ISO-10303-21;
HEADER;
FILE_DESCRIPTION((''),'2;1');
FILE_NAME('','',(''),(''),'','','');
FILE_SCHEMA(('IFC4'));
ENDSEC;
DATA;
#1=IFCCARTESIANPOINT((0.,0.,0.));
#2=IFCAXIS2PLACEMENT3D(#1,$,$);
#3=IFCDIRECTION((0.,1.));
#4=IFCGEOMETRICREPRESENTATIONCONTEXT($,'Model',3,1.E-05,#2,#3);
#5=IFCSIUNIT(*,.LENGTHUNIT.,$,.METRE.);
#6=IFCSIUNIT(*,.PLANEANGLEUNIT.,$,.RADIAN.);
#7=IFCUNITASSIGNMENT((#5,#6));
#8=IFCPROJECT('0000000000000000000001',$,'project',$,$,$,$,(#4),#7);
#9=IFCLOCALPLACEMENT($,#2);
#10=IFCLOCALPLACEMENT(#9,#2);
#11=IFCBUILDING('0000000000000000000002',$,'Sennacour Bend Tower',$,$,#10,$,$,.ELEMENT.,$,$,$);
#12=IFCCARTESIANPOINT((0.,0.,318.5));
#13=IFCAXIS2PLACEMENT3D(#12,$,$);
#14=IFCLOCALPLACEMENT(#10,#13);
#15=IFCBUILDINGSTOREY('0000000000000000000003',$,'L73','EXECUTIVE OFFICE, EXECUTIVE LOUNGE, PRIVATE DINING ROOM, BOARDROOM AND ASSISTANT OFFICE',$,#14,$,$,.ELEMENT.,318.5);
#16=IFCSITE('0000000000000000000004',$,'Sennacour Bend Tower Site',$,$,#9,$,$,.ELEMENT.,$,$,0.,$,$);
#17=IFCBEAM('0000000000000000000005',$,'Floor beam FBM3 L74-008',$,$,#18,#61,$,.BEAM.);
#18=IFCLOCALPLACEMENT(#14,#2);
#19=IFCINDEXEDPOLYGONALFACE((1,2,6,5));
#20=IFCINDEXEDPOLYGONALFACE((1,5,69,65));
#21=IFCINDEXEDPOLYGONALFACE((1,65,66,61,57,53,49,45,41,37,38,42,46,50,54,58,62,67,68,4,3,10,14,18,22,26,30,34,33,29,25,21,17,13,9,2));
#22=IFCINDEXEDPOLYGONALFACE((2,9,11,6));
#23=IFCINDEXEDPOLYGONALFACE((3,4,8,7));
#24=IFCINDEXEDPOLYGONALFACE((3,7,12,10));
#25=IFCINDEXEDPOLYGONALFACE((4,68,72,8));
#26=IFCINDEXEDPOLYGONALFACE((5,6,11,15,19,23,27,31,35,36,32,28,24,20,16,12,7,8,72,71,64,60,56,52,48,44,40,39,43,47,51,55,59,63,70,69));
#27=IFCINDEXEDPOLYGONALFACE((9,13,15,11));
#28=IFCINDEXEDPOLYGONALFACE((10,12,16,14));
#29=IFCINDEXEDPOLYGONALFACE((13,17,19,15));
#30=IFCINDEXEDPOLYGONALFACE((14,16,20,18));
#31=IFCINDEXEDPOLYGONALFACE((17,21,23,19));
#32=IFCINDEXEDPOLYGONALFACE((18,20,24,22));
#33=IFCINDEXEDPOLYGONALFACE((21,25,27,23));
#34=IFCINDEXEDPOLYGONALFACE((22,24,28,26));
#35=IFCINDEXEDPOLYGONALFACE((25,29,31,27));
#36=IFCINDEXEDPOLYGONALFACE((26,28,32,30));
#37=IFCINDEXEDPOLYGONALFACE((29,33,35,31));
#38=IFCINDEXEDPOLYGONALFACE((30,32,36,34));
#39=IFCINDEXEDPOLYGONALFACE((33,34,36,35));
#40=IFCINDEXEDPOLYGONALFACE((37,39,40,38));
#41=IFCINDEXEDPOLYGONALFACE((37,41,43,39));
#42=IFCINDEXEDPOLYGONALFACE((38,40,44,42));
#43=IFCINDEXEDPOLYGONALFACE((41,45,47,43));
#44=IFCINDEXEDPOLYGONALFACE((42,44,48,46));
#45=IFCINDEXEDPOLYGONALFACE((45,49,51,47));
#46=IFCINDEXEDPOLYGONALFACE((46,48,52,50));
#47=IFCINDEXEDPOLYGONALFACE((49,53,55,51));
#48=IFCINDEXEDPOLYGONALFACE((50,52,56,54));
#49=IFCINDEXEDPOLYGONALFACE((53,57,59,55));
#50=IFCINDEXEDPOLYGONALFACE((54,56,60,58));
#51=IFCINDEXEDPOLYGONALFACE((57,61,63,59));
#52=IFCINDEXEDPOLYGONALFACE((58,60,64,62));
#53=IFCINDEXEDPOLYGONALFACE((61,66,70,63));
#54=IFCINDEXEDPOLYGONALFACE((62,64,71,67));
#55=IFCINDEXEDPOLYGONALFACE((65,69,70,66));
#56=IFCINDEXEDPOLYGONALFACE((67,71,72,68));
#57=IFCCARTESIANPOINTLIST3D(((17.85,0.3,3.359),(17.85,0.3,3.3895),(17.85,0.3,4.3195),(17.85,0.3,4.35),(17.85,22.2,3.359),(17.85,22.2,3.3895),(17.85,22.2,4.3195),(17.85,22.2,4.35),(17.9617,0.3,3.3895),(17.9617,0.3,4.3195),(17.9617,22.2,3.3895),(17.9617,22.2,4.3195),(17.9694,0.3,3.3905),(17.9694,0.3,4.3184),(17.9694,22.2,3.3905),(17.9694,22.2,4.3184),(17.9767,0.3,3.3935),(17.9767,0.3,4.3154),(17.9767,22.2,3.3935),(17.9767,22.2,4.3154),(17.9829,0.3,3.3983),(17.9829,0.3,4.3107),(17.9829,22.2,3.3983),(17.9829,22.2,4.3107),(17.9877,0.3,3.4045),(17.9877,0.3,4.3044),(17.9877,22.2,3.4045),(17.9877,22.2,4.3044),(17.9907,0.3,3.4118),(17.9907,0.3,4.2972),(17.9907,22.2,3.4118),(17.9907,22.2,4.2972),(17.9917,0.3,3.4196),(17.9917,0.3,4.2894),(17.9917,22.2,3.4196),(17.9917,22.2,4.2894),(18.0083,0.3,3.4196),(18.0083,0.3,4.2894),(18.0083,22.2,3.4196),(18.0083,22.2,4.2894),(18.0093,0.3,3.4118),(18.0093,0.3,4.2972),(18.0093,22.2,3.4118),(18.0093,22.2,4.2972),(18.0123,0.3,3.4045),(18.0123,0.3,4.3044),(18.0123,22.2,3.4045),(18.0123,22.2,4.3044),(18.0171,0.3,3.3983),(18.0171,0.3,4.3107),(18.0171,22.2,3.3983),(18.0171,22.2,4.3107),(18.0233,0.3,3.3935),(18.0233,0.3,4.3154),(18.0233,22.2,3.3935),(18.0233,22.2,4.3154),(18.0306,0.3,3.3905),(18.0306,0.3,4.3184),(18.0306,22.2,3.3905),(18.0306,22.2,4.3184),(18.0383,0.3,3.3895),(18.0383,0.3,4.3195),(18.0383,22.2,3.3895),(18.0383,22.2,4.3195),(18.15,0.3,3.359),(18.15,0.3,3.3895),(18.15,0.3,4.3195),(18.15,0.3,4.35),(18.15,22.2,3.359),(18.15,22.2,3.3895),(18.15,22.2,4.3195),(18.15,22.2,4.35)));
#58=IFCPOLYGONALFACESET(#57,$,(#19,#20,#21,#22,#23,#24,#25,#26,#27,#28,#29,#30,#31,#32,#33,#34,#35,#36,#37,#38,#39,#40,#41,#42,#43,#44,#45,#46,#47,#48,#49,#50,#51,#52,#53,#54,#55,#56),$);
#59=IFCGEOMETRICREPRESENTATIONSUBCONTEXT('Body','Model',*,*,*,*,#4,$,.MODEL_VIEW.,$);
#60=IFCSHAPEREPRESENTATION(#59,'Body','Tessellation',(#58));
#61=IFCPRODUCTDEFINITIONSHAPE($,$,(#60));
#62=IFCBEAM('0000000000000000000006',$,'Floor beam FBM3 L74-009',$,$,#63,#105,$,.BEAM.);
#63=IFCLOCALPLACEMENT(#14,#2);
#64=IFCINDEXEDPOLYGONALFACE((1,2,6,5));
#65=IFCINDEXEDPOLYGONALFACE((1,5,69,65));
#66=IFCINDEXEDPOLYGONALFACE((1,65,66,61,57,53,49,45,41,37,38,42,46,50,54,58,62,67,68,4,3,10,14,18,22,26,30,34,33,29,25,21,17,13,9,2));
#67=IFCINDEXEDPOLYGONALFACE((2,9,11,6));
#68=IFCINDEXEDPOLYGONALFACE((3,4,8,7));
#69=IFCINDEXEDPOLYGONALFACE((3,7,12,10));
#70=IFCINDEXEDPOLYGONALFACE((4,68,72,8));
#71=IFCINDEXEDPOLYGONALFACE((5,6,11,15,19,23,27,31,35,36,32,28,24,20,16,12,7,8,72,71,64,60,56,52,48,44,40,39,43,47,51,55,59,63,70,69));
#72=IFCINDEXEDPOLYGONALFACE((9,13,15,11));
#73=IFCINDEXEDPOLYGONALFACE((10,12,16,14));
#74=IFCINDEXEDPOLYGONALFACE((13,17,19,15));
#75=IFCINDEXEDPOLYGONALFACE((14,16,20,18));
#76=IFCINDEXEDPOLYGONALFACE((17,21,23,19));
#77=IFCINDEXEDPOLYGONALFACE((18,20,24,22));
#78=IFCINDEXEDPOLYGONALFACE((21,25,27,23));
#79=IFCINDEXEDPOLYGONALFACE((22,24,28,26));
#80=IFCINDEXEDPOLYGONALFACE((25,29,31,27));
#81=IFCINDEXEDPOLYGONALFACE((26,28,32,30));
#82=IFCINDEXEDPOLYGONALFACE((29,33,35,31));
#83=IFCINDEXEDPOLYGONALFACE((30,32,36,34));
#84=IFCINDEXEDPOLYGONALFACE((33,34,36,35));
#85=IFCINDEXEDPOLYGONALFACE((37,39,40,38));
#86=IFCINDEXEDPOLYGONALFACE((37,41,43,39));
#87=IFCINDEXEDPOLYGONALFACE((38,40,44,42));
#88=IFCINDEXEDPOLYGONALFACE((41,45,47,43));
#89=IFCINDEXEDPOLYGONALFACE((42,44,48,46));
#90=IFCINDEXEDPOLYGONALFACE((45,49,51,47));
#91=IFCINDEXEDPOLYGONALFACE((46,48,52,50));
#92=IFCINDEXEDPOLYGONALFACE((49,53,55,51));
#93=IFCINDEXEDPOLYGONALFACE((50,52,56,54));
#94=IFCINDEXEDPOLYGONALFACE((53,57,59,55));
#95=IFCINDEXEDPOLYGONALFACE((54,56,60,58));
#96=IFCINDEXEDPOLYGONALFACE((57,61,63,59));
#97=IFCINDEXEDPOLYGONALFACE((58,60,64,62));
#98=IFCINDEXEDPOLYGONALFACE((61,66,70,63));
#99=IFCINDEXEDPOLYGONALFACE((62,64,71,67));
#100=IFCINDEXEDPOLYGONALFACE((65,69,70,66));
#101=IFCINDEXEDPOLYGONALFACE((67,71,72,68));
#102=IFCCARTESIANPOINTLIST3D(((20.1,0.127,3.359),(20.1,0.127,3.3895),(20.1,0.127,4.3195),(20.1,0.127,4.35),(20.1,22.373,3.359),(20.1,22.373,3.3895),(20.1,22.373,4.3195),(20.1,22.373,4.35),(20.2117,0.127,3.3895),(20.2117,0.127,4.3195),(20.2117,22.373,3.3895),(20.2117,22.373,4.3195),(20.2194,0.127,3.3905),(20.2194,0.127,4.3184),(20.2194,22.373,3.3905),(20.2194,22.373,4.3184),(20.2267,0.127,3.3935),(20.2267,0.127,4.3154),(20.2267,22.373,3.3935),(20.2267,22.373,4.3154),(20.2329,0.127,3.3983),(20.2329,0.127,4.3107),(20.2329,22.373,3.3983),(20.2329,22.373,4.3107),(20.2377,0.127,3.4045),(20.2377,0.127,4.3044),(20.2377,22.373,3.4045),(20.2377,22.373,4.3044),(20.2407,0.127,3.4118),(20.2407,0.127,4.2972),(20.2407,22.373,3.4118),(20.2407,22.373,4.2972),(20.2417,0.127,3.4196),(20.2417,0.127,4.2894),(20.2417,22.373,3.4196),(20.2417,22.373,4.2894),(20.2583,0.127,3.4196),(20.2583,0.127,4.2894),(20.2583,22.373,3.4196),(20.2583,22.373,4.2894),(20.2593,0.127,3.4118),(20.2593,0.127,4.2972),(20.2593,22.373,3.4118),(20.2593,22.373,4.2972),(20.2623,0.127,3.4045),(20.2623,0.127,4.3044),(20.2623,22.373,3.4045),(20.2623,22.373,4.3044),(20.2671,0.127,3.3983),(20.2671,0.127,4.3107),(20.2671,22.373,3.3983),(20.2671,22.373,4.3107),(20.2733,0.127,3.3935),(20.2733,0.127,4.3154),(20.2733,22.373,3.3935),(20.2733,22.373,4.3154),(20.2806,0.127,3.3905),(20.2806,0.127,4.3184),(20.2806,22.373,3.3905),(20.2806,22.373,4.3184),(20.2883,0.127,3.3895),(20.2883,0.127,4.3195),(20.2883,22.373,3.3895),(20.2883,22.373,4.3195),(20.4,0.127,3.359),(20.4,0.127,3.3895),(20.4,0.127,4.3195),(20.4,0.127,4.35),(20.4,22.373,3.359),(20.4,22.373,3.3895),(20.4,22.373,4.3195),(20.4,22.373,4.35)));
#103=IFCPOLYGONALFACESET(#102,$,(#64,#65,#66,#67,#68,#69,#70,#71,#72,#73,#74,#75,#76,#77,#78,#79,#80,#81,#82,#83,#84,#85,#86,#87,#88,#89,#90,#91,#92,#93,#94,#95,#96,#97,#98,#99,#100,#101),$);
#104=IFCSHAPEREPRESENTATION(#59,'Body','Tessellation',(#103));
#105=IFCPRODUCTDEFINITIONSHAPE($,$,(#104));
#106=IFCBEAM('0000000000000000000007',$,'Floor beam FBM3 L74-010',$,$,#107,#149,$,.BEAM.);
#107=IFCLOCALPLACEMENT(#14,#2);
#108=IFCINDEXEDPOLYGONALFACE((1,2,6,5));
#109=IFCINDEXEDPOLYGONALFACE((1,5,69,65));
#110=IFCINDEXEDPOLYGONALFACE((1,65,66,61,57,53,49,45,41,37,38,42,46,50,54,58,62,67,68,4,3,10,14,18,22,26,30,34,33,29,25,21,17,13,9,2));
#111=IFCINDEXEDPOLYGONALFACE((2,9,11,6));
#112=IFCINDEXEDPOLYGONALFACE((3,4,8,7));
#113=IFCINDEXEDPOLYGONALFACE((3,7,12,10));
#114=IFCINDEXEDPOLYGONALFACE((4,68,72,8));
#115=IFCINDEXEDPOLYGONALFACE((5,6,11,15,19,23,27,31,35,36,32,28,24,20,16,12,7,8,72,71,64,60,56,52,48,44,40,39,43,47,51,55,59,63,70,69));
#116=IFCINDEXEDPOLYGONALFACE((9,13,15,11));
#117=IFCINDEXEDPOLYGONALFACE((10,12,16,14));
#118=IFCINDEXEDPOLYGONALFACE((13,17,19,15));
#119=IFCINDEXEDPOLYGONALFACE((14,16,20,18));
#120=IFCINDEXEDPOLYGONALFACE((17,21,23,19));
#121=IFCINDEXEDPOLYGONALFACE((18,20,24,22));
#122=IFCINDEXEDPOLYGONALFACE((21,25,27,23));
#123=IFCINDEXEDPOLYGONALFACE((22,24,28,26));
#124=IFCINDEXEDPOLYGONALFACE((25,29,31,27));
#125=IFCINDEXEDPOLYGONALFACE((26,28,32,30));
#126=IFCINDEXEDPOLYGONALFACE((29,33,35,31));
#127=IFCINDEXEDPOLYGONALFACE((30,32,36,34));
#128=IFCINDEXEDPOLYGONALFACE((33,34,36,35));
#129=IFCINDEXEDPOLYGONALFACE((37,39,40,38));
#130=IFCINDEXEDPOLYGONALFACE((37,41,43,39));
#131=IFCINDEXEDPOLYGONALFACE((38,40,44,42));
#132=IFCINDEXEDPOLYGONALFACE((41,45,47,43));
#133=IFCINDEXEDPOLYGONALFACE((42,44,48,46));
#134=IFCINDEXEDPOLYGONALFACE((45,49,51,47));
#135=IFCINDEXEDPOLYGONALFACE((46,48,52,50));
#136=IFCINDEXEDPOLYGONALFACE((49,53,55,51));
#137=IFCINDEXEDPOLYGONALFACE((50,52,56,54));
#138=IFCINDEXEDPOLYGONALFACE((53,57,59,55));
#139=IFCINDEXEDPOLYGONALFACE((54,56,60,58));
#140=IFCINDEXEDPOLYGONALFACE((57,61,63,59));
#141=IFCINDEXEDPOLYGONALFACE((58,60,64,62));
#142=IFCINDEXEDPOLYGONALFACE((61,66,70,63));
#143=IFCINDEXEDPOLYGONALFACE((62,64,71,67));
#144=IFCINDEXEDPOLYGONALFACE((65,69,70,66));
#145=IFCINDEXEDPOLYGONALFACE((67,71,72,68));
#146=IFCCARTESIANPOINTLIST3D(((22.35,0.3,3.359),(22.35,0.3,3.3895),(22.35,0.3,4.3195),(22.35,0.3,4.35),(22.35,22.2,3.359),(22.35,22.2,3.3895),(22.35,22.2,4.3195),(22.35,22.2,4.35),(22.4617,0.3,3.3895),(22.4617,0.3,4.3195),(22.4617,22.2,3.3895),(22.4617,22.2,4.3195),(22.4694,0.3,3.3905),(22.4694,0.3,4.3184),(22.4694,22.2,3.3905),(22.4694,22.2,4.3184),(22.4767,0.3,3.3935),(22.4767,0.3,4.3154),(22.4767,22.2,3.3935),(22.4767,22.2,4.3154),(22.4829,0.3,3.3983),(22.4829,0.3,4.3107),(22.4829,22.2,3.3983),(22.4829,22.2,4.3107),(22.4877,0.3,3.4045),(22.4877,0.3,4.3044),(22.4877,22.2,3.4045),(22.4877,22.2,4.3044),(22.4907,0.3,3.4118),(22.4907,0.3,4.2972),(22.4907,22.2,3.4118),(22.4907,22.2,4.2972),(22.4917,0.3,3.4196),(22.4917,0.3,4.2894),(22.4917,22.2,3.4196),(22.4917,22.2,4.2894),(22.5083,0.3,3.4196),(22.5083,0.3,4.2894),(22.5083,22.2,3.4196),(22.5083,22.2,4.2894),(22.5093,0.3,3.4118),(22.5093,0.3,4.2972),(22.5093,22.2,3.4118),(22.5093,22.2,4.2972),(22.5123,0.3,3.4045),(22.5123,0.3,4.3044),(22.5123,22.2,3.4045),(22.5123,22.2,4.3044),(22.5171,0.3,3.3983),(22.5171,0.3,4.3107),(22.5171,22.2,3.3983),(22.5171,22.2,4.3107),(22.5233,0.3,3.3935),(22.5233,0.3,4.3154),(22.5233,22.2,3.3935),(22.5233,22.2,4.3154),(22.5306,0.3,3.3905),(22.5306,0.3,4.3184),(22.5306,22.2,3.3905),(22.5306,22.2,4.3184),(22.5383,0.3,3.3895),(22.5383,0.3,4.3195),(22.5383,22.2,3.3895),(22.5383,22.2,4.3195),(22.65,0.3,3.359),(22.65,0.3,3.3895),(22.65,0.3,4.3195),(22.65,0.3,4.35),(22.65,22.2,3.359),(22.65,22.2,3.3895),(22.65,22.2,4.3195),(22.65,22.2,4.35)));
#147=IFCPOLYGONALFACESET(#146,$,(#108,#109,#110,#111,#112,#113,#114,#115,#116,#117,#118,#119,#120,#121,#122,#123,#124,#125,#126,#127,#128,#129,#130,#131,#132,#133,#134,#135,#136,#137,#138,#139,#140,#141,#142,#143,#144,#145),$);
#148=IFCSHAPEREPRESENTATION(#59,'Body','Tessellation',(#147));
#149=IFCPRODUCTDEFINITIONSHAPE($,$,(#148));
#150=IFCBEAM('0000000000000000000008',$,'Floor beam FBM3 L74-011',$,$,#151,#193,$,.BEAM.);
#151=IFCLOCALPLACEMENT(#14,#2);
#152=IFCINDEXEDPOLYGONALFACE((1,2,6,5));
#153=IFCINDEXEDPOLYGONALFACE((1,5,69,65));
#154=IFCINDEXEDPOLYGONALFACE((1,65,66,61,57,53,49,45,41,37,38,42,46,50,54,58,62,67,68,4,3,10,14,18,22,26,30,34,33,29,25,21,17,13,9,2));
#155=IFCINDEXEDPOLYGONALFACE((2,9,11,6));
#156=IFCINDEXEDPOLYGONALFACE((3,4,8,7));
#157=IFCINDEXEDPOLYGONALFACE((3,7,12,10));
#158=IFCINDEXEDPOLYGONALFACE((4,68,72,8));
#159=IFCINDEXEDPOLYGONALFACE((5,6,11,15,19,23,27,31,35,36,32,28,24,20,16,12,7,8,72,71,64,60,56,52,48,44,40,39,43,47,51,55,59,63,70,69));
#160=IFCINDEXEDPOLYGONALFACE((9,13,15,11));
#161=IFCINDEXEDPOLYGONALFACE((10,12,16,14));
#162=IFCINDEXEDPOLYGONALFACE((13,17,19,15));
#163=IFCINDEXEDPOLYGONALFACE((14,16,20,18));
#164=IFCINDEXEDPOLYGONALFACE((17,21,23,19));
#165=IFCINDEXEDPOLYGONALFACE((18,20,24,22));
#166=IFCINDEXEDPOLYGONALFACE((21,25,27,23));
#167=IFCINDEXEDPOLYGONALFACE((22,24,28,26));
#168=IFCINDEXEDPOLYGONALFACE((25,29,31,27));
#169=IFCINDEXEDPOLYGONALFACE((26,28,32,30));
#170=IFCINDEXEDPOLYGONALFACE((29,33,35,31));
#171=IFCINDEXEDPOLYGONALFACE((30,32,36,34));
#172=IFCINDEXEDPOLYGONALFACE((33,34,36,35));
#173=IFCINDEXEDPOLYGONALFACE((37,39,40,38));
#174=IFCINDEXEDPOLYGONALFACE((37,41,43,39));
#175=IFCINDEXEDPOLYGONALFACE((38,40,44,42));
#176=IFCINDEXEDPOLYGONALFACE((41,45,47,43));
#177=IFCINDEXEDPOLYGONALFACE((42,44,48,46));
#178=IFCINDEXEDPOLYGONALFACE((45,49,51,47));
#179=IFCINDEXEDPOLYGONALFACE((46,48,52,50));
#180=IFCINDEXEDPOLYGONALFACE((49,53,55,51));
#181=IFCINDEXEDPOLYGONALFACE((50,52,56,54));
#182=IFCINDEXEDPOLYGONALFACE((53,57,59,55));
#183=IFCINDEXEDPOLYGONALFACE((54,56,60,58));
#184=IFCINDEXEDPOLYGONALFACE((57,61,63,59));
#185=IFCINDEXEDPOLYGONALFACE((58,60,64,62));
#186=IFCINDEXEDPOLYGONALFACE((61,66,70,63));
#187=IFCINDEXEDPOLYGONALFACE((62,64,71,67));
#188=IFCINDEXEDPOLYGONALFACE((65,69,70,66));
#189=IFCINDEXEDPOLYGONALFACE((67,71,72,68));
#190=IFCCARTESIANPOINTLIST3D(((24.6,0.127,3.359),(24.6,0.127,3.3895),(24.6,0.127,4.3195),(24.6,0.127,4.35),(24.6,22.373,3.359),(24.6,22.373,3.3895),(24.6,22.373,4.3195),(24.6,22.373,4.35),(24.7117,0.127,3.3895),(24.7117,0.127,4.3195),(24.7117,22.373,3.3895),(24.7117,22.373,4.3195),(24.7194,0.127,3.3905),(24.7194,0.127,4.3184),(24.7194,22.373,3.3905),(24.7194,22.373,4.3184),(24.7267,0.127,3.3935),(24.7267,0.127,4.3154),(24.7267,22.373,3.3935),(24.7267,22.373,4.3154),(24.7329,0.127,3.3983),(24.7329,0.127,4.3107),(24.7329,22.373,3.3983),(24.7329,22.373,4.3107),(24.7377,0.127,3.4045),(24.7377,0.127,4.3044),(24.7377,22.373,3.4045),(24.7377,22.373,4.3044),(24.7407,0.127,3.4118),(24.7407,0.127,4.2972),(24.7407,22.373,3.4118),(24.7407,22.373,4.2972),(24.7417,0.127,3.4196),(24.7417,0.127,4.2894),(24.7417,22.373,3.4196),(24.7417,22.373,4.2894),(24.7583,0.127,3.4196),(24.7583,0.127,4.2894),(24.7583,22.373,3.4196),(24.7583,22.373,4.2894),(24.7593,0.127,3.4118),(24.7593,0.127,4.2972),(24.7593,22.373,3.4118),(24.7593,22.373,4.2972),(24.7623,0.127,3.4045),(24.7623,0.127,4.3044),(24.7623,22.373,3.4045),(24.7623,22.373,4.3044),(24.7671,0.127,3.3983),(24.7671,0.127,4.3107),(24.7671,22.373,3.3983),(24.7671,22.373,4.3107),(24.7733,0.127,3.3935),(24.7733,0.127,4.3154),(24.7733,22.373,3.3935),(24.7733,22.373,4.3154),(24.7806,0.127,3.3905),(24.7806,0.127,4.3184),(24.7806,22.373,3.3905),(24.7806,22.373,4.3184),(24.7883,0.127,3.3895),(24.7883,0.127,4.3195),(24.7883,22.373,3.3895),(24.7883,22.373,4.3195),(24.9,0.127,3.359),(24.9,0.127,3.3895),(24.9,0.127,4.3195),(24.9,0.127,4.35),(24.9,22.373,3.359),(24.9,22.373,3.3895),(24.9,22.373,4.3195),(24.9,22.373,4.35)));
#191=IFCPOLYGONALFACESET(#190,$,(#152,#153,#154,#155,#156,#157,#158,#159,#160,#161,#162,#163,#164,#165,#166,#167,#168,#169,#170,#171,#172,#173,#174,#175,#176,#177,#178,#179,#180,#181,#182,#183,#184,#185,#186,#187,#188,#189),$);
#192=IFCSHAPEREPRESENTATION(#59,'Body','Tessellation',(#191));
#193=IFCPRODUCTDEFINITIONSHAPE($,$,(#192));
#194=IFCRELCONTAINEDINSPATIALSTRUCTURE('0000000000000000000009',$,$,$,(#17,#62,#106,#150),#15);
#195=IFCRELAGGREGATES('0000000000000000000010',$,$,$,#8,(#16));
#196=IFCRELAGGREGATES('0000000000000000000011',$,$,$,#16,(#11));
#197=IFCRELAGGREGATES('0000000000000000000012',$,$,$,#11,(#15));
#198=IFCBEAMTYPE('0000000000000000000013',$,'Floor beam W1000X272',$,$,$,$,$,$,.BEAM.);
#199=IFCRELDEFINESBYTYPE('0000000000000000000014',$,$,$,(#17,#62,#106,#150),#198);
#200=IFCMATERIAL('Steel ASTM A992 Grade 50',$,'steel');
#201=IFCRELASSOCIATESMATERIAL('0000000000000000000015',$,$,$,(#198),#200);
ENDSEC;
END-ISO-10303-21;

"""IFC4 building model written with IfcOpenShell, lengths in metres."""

from ifc_helpers import new_model, si_unit, direction, frame, origin, origin_2d, place, context, subcontext, project, spatial, i_section, extrude, material, material_profile, profile_set, type_object, element, save


model = new_model("IFC4")

# Units and contexts
model_context = context("Model", 3, precision=1e-05, world=origin(), true_north=direction((0.0, 1.0)))
body_context = subcontext(model_context, "Body", "Model", "MODEL_VIEW")
ifc_project = project(units=[si_unit("LENGTHUNIT", "METRE"), si_unit("PLANEANGLEUNIT", "RADIAN")], contexts=[model_context])

# Site, building, storey
site_placement = place(None, origin())
site = spatial("IfcSite", under=ifc_project, at=site_placement, Name="Sennacour Bend Tower Site", CompositionType="ELEMENT", RefElevation=0.0)
building_placement = place(site_placement, origin())
building = spatial("IfcBuilding", under=site, at=building_placement, Name="Sennacour Bend Tower", CompositionType="ELEMENT")
storey_placement = place(building_placement, frame((0.0, 0.0, 318.5)))
storey = spatial("IfcBuildingStorey", under=building, at=storey_placement, Name="L73", Description="EXECUTIVE OFFICE, EXECUTIVE LOUNGE, PRIVATE DINING ROOM, BOARDROOM AND ASSISTANT OFFICE", CompositionType="ELEMENT", Elevation=318.5)

# Beams
ifc_material_1 = material(Name="Steel ASTM A992 Grade 50", Category="steel")
ifc_material_profile_1 = material_profile(ifc_material_1, i_section(OverallWidth=0.3, OverallDepth=0.991, WebThickness=0.0166, FlangeThickness=0.0305, FilletRadius=0.03, at=origin_2d()), Name="Steel ASTM A992 Grade 50", Category="steel")
ifc_profile_set_1 = profile_set([ifc_material_profile_1], Name="Steel ASTM A992 Grade 50")
beam_type_1 = type_object("IfcBeamType", Name="Floor beam W1000X272", PredefinedType="BEAM", material=ifc_profile_set_1)
beam_1_placement = place(storey_placement, frame((18.0, 0.3, 3.8545), z_axis=(0.0, 1.0, 0.0), x_axis=(-1.0, 0.0, 0.0)))
element("IfcBeam", 1, at=beam_1_placement, inside=storey, type_object=beam_type_1, Name="Floor beam FBM3 L74-008", PredefinedType="BEAM", context=body_context, shape_type="SweptSolid", body=[
    extrude(i_section(OverallWidth=0.3, OverallDepth=0.991, WebThickness=0.0166, FlangeThickness=0.0305, FilletRadius=0.03, at=origin_2d()), origin(), (0.0, 0.0, 1.0), 21.8999),
])
beam_2_placement = place(storey_placement, frame((20.25, 0.127, 3.8545), z_axis=(0.0, 1.0, 0.0), x_axis=(-1.0, 0.0, 0.0)))
element("IfcBeam", 2, at=beam_2_placement, inside=storey, type_object=beam_type_1, Name="Floor beam FBM3 L74-009", PredefinedType="BEAM", context=body_context, shape_type="SweptSolid", body=[
    extrude(i_section(OverallWidth=0.3, OverallDepth=0.991, WebThickness=0.0166, FlangeThickness=0.0305, FilletRadius=0.03, at=origin_2d()), origin(), (0.0, 0.0, 1.0), 22.2461),
])
beam_3_placement = place(storey_placement, frame((22.5, 0.3, 3.8545), z_axis=(0.0, 1.0, 0.0), x_axis=(-1.0, 0.0, 0.0)))
element("IfcBeam", 3, at=beam_3_placement, inside=storey, type_object=beam_type_1, Name="Floor beam FBM3 L74-010", PredefinedType="BEAM", context=body_context, shape_type="SweptSolid", body=[
    extrude(i_section(OverallWidth=0.3, OverallDepth=0.991, WebThickness=0.0166, FlangeThickness=0.0305, FilletRadius=0.03, at=origin_2d()), origin(), (0.0, 0.0, 1.0), 21.8999),
])
beam_4_placement = place(storey_placement, frame((24.75, 0.127, 3.8545), z_axis=(0.0, 1.0, 0.0), x_axis=(-1.0, 0.0, 0.0)))
element("IfcBeam", 4, at=beam_4_placement, inside=storey, type_object=beam_type_1, Name="Floor beam FBM3 L74-011", PredefinedType="BEAM", context=body_context, shape_type="SweptSolid", body=[
    extrude(i_section(OverallWidth=0.3, OverallDepth=0.991, WebThickness=0.0166, FlangeThickness=0.0305, FilletRadius=0.03, at=origin_2d()), origin(), (0.0, 0.0, 1.0), 22.2461),
])

save(model, "model.ifc")
